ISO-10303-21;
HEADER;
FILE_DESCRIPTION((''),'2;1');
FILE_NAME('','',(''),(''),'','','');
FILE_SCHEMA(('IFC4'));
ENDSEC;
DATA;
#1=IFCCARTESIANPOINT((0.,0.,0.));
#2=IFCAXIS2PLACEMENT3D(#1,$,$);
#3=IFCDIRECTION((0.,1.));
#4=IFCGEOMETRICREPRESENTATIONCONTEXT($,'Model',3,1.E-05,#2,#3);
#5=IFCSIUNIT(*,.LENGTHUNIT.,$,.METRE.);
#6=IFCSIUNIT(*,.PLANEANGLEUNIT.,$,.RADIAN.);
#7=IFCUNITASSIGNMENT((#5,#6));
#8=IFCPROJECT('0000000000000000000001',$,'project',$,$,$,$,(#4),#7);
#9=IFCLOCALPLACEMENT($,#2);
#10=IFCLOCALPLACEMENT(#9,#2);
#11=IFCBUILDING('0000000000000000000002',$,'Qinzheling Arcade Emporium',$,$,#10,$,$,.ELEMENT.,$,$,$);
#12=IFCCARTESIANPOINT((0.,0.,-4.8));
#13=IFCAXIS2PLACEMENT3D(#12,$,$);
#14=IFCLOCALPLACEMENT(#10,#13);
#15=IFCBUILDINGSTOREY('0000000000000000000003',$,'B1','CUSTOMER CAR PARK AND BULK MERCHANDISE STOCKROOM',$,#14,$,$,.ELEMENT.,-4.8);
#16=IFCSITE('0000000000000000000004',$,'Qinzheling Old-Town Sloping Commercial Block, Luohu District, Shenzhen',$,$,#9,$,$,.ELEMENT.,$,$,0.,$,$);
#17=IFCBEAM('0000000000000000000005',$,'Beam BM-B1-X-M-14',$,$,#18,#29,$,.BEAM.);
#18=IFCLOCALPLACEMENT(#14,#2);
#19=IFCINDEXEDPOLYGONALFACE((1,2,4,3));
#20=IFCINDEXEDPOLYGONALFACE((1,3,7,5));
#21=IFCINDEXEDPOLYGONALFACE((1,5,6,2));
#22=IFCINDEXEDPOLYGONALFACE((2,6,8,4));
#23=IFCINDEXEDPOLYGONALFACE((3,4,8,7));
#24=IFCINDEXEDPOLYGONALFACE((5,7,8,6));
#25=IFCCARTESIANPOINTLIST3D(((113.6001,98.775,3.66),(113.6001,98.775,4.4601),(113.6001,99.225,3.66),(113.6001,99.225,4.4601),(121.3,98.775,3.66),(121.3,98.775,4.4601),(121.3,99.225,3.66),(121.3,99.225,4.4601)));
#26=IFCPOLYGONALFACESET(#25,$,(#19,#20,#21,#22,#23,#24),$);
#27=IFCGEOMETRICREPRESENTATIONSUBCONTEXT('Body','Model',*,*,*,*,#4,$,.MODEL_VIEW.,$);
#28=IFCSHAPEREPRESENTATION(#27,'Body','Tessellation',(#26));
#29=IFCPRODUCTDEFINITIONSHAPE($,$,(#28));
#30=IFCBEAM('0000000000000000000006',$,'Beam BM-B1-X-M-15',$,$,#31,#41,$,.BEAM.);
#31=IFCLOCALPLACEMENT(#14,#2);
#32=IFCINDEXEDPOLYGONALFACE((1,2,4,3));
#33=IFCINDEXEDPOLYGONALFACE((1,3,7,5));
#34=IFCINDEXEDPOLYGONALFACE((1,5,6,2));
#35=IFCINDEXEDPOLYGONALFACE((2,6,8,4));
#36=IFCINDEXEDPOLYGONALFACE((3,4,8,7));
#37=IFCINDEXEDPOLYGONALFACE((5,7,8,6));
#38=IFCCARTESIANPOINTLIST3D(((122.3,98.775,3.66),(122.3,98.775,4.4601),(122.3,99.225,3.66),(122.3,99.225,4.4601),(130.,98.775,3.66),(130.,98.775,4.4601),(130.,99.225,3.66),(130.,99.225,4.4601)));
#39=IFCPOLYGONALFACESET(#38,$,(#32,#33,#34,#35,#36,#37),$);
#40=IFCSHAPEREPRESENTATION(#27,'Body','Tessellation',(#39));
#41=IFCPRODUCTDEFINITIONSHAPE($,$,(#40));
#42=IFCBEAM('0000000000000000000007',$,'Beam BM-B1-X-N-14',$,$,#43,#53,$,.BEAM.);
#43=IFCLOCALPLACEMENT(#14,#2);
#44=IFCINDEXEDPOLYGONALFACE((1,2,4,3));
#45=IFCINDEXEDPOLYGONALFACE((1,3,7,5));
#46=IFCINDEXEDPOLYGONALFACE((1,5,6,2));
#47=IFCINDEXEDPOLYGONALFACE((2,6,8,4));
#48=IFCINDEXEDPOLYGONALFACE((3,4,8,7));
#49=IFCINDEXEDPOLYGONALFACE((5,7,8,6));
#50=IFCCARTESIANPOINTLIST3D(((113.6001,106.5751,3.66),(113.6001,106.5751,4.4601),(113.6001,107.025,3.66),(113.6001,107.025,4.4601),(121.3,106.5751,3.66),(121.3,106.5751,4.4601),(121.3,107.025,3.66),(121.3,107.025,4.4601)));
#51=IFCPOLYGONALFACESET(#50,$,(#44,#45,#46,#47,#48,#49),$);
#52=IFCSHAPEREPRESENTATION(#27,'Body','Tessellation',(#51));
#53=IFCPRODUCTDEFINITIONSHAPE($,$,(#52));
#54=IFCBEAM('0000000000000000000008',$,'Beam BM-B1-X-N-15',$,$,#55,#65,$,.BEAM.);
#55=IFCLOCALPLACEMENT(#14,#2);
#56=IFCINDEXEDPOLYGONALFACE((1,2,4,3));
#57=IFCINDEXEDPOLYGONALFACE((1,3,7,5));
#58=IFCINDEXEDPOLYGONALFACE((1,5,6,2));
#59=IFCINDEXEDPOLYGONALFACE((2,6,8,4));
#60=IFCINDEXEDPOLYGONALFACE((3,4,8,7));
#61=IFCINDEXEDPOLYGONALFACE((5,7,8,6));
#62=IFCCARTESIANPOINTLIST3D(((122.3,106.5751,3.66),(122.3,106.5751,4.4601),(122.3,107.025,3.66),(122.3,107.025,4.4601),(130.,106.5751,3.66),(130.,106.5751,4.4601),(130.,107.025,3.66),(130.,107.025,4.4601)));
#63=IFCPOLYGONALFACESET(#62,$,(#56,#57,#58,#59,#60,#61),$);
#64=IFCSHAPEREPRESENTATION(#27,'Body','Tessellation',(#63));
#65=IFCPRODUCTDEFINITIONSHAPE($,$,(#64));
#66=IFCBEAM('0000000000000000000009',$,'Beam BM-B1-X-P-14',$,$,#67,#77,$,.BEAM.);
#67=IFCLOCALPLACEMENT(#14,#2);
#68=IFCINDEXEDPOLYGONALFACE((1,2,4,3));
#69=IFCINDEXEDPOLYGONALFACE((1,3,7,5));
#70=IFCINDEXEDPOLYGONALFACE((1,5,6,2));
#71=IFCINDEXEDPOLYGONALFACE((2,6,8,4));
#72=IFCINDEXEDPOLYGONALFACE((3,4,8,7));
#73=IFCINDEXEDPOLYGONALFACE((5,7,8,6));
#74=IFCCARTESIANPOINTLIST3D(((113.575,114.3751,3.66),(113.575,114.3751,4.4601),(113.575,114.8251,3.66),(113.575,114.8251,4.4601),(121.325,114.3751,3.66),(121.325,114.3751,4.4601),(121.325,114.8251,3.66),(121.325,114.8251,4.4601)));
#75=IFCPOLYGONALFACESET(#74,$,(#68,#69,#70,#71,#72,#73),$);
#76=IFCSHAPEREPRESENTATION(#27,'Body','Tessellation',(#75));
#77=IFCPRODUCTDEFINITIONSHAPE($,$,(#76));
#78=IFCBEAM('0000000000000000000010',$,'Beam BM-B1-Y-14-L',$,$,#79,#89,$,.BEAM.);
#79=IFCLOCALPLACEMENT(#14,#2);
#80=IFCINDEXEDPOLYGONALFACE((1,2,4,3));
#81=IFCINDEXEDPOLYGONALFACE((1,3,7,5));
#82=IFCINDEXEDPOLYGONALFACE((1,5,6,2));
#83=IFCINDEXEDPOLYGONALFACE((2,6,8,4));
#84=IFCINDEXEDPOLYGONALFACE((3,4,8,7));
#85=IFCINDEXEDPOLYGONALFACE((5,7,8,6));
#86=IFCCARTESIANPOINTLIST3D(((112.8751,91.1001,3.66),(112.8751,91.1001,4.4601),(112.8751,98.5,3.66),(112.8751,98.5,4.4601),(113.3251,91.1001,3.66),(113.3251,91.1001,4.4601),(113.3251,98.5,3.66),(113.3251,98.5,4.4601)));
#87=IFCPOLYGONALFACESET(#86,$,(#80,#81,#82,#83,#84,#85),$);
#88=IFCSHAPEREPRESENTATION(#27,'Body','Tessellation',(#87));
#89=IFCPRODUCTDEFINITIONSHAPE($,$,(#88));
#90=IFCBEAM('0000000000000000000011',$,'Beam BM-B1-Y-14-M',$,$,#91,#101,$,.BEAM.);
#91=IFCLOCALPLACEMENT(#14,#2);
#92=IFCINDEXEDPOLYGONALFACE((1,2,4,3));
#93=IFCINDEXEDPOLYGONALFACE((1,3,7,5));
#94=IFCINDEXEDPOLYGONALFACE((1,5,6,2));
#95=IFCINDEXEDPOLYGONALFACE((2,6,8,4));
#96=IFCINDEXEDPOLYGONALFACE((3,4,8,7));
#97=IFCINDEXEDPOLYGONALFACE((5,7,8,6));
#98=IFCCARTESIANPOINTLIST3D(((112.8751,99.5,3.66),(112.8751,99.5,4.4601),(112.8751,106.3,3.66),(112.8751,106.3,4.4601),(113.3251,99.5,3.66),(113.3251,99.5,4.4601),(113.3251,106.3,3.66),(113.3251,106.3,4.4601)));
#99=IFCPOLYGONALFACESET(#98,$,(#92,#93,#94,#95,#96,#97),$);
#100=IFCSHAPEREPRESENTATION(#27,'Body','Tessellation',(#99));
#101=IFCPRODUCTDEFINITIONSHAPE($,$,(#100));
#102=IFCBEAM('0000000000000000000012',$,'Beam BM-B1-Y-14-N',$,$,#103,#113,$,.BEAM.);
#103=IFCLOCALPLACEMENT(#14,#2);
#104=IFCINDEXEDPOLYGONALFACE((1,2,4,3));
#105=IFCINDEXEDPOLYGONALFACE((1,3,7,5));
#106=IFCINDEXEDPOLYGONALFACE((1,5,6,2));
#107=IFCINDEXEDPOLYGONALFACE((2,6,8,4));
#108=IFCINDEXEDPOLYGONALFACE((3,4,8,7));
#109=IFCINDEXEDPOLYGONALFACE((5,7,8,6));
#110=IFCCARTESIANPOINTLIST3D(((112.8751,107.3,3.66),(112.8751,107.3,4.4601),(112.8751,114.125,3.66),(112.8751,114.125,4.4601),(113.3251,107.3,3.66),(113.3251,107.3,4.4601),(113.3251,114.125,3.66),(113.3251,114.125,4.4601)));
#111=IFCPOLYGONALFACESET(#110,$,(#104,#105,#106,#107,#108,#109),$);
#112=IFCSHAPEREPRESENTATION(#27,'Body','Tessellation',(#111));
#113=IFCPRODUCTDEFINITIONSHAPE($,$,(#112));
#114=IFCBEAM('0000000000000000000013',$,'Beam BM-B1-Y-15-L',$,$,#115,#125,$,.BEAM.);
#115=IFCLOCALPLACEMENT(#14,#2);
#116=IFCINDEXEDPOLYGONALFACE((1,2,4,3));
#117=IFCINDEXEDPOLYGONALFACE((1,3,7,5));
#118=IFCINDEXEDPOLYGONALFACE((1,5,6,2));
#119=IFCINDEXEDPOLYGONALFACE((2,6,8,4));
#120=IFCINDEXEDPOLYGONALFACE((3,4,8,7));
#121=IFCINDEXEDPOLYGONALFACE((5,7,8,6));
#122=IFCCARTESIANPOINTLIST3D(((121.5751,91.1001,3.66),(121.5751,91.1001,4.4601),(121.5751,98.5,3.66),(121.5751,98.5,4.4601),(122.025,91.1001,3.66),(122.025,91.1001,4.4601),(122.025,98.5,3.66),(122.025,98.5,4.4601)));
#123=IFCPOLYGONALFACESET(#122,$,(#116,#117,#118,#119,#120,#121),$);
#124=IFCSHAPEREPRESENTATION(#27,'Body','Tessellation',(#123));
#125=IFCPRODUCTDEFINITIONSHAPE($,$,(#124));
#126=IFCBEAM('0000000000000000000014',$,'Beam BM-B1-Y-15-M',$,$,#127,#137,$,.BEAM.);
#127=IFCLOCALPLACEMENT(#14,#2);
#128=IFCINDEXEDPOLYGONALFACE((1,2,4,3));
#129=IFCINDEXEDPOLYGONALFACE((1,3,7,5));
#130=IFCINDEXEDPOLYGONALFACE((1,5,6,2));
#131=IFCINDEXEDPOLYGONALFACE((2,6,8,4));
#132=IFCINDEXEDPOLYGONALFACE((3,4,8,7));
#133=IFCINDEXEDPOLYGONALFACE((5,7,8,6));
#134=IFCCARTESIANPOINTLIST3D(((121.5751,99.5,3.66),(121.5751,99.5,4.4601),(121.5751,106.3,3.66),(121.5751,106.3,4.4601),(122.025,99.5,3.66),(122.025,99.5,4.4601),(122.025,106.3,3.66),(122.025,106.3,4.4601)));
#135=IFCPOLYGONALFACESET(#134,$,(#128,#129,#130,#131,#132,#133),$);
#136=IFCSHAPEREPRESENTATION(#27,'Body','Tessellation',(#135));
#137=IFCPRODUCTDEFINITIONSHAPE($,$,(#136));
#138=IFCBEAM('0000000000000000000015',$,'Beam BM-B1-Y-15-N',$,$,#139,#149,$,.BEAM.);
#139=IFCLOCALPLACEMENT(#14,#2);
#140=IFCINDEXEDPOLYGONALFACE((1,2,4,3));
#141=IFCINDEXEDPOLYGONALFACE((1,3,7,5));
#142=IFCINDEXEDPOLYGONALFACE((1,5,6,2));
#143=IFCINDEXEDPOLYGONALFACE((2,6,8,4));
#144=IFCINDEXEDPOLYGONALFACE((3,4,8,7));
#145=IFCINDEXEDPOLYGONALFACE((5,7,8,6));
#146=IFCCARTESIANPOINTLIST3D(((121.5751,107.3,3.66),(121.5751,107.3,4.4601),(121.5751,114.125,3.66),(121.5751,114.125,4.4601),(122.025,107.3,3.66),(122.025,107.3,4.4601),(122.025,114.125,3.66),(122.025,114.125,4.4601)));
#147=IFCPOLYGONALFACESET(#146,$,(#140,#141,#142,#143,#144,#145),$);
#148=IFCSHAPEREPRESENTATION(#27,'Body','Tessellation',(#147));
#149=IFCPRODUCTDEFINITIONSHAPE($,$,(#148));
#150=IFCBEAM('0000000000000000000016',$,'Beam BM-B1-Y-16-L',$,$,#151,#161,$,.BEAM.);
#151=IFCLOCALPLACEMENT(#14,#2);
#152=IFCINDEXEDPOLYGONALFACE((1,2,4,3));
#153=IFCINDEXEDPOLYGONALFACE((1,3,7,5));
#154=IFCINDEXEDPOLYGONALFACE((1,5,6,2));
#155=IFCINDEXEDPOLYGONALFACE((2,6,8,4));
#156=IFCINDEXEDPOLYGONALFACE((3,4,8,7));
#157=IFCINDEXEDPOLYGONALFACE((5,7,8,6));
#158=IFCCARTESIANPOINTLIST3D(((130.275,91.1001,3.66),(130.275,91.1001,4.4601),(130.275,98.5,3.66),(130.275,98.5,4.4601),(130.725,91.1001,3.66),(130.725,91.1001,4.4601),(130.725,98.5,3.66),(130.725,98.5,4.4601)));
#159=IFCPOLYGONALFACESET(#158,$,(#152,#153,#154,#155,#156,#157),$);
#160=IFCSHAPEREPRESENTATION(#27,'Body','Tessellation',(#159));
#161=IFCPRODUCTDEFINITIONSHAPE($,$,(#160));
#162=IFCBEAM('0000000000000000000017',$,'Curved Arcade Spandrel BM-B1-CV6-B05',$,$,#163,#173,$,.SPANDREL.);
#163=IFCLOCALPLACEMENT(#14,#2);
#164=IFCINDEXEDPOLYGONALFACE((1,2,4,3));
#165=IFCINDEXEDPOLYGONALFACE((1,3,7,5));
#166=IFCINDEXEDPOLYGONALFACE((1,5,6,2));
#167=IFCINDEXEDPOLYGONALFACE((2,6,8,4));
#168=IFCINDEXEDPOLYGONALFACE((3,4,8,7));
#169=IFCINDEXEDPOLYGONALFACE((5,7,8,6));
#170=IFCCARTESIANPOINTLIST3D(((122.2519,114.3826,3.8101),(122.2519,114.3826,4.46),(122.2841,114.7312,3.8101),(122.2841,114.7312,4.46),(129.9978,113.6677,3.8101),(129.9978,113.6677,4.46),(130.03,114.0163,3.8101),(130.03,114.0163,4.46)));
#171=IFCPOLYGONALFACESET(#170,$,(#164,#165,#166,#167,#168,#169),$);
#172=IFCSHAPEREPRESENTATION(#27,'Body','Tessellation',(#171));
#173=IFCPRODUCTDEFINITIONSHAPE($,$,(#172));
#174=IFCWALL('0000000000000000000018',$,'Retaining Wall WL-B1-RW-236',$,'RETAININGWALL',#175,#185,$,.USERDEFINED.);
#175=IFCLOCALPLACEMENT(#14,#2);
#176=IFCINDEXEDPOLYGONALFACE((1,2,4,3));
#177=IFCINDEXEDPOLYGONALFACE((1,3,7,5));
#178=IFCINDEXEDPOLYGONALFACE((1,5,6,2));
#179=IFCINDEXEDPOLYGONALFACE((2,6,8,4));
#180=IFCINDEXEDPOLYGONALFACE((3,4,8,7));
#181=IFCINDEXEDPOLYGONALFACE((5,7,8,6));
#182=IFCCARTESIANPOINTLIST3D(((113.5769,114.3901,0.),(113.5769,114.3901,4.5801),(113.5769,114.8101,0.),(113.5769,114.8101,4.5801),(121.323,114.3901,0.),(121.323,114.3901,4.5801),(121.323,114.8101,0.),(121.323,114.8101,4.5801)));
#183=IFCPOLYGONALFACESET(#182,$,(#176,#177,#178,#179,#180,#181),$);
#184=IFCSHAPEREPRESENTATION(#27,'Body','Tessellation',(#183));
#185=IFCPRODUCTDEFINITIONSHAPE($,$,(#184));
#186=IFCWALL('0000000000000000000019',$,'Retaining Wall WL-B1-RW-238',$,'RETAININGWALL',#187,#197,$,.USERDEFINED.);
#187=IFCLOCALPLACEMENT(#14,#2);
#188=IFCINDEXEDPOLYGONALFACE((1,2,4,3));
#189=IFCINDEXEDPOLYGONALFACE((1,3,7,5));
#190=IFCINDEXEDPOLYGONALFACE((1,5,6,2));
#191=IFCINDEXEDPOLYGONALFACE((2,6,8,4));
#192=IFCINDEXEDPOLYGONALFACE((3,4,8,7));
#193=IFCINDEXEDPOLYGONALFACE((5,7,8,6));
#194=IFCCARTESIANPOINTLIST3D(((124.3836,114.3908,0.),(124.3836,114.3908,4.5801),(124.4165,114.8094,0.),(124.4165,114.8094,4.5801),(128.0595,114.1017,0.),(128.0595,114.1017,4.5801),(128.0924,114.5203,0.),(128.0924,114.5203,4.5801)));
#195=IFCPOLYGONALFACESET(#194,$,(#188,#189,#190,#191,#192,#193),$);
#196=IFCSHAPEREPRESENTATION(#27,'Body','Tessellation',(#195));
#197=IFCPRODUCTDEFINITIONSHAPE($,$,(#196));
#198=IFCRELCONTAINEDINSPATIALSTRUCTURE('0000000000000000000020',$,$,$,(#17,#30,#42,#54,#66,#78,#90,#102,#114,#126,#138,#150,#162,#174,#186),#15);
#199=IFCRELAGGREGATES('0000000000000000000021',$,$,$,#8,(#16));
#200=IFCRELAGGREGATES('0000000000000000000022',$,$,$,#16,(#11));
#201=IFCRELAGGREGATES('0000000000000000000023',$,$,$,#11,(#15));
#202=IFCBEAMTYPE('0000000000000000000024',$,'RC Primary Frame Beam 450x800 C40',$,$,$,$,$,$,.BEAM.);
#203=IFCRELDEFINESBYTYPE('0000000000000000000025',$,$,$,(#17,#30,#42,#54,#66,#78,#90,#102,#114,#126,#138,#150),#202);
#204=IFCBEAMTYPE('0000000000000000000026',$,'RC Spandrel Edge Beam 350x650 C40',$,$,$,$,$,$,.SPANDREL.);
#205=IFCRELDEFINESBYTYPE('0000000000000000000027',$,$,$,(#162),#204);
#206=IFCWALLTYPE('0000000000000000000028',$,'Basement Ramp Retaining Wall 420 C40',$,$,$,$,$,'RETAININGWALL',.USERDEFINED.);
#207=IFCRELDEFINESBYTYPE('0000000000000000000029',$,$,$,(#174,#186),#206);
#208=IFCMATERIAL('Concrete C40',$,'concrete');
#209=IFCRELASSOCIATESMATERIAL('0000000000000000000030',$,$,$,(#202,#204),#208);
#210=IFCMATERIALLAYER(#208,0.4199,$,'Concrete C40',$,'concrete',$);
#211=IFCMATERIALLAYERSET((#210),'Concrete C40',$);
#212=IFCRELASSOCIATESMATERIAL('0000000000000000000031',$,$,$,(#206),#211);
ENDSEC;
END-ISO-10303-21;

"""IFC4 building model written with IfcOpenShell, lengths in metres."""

from ifc_helpers import new_model, si_unit, direction, frame, frame_2d, origin, origin_2d, place, context, subcontext, project, spatial, rectangle, extrude, material, layer, layer_set, material_profile, profile_set, type_object, element, save


model = new_model("IFC4")

# Units and contexts
model_context = context("Model", 3, precision=1e-05, world=origin(), true_north=direction((0.0, 1.0)))
body_context = subcontext(model_context, "Body", "Model", "MODEL_VIEW")
ifc_project = project(units=[si_unit("LENGTHUNIT", "METRE"), si_unit("PLANEANGLEUNIT", "RADIAN")], contexts=[model_context])

# Site, building, storey
site_placement = place(None, origin())
site = spatial("IfcSite", under=ifc_project, at=site_placement, Name="Qinzheling Old-Town Sloping Commercial Block, Luohu District, Shenzhen", CompositionType="ELEMENT", RefElevation=0.0)
building_placement = place(site_placement, origin())
building = spatial("IfcBuilding", under=site, at=building_placement, Name="Qinzheling Arcade Emporium", CompositionType="ELEMENT")
storey_placement = place(building_placement, frame((0.0, 0.0, -4.8)))
storey = spatial("IfcBuildingStorey", under=building, at=storey_placement, Name="B1", Description="CUSTOMER CAR PARK AND BULK MERCHANDISE STOCKROOM", CompositionType="ELEMENT", Elevation=-4.8)

# Beams
ifc_material_1 = material(Name="Concrete C40", Category="concrete")
ifc_material_profile_1 = material_profile(ifc_material_1, rectangle(XDim=0.45, YDim=0.8, at=origin_2d()), Name="RC 450x800", Category="concrete")
ifc_profile_set_1 = profile_set([ifc_material_profile_1], Name="Concrete C40")
beam_type_1 = type_object("IfcBeamType", Name="RC Primary Frame Beam 450x800 C40", PredefinedType="BEAM", material=ifc_profile_set_1)
for number, where, z_axis, x_axis, name in (
    (1, (113.6001, 99.0, 4.0601), (1.0, 0.0, 0.0), (0.0, 1.0, 0.0), "Beam BM-B1-X-M-14"),
    (2, (122.3, 99.0, 4.0601), (1.0, 0.0, 0.0), (0.0, 1.0, 0.0), "Beam BM-B1-X-M-15"),
    (3, (113.6001, 106.8, 4.0601), (1.0, 0.0, 0.0), (0.0, 1.0, 0.0), "Beam BM-B1-X-N-14"),
    (4, (122.3, 106.8, 4.0601), (1.0, 0.0, 0.0), (0.0, 1.0, 0.0), "Beam BM-B1-X-N-15"),
):
    element("IfcBeam", number, at=place(storey_placement, frame(where, z_axis=z_axis, x_axis=x_axis)), inside=storey, type_object=beam_type_1, Name=name, PredefinedType="BEAM", context=body_context, shape_type="SweptSolid", body=[
        extrude(rectangle(XDim=0.45, YDim=0.8, at=origin_2d()), origin(), (0.0, 0.0, 1.0), 7.7),
    ])
beam_1_placement = place(storey_placement, frame((113.575, 114.6001, 4.0601), z_axis=(1.0, 0.0, 0.0), x_axis=(0.0, 1.0, 0.0)))
element("IfcBeam", 5, at=beam_1_placement, inside=storey, type_object=beam_type_1, Name="Beam BM-B1-X-P-14", PredefinedType="BEAM", context=body_context, shape_type="SweptSolid", body=[
    extrude(rectangle(XDim=0.45, YDim=0.8, at=origin_2d()), origin(), (0.0, 0.0, 1.0), 7.75),
])
beam_2_placement = place(storey_placement, frame((113.1001, 91.1001, 4.0601), z_axis=(0.0, 1.0, 0.0), x_axis=(-1.0, 0.0, 0.0)))
element("IfcBeam", 6, at=beam_2_placement, inside=storey, type_object=beam_type_1, Name="Beam BM-B1-Y-14-L", PredefinedType="BEAM", context=body_context, shape_type="SweptSolid", body=[
    extrude(rectangle(XDim=0.45, YDim=0.8, at=origin_2d()), origin(), (0.0, 0.0, 1.0), 7.3999),
])
beam_3_placement = place(storey_placement, frame((113.1001, 99.5, 4.0601), z_axis=(0.0, 1.0, 0.0), x_axis=(-1.0, 0.0, 0.0)))
element("IfcBeam", 7, at=beam_3_placement, inside=storey, type_object=beam_type_1, Name="Beam BM-B1-Y-14-M", PredefinedType="BEAM", context=body_context, shape_type="SweptSolid", body=[
    extrude(rectangle(XDim=0.45, YDim=0.8, at=origin_2d()), origin(), (0.0, 0.0, 1.0), 6.8),
])
beam_4_placement = place(storey_placement, frame((113.1001, 107.3, 4.0601), z_axis=(0.0, 1.0, 0.0), x_axis=(-1.0, 0.0, 0.0)))
element("IfcBeam", 8, at=beam_4_placement, inside=storey, type_object=beam_type_1, Name="Beam BM-B1-Y-14-N", PredefinedType="BEAM", context=body_context, shape_type="SweptSolid", body=[
    extrude(rectangle(XDim=0.45, YDim=0.8, at=origin_2d()), origin(), (0.0, 0.0, 1.0), 6.825),
])
beam_5_placement = place(storey_placement, frame((121.8, 91.1001, 4.0601), z_axis=(0.0, 1.0, 0.0), x_axis=(-1.0, 0.0, 0.0)))
element("IfcBeam", 9, at=beam_5_placement, inside=storey, type_object=beam_type_1, Name="Beam BM-B1-Y-15-L", PredefinedType="BEAM", context=body_context, shape_type="SweptSolid", body=[
    extrude(rectangle(XDim=0.45, YDim=0.8, at=origin_2d()), origin(), (0.0, 0.0, 1.0), 7.3999),
])
beam_6_placement = place(storey_placement, frame((121.8, 99.5, 4.0601), z_axis=(0.0, 1.0, 0.0), x_axis=(-1.0, 0.0, 0.0)))
element("IfcBeam", 10, at=beam_6_placement, inside=storey, type_object=beam_type_1, Name="Beam BM-B1-Y-15-M", PredefinedType="BEAM", context=body_context, shape_type="SweptSolid", body=[
    extrude(rectangle(XDim=0.45, YDim=0.8, at=origin_2d()), origin(), (0.0, 0.0, 1.0), 6.8),
])
beam_7_placement = place(storey_placement, frame((121.8, 107.3, 4.0601), z_axis=(0.0, 1.0, 0.0), x_axis=(-1.0, 0.0, 0.0)))
element("IfcBeam", 11, at=beam_7_placement, inside=storey, type_object=beam_type_1, Name="Beam BM-B1-Y-15-N", PredefinedType="BEAM", context=body_context, shape_type="SweptSolid", body=[
    extrude(rectangle(XDim=0.45, YDim=0.8, at=origin_2d()), origin(), (0.0, 0.0, 1.0), 6.825),
])
beam_8_placement = place(storey_placement, frame((130.5, 91.1001, 4.0601), z_axis=(0.0, 1.0, 0.0), x_axis=(-1.0, 0.0, 0.0)))
element("IfcBeam", 12, at=beam_8_placement, inside=storey, type_object=beam_type_1, Name="Beam BM-B1-Y-16-L", PredefinedType="BEAM", context=body_context, shape_type="SweptSolid", body=[
    extrude(rectangle(XDim=0.45, YDim=0.8, at=origin_2d()), origin(), (0.0, 0.0, 1.0), 7.3999),
])
ifc_material_profile_2 = material_profile(ifc_material_1, rectangle(XDim=0.3501, YDim=0.6499, at=origin_2d()), Name="RC 350x650", Category="concrete")
ifc_profile_set_2 = profile_set([ifc_material_profile_2], Name="Concrete C40")
beam_type_2 = type_object("IfcBeamType", Name="RC Spandrel Edge Beam 350x650 C40", PredefinedType="SPANDREL", material=ifc_profile_set_2)
beam_9_placement = place(storey_placement, frame((130.0139, 113.842, 4.135), z_axis=(-0.995769, 0.091897, 0.0), x_axis=(-0.091897, -0.995769, 0.0)))
element("IfcBeam", 13, at=beam_9_placement, inside=storey, type_object=beam_type_2, Name="Curved Arcade Spandrel BM-B1-CV6-B05", PredefinedType="SPANDREL", context=body_context, shape_type="SweptSolid", body=[
    extrude(rectangle(XDim=0.3501, YDim=0.6499, at=origin_2d()), origin(), (0.0, 0.0, 1.0), 7.7788),
])

# Walls
ifc_layer_1 = layer(ifc_material_1, 0.4199, Name="Concrete C40", Category="concrete")
ifc_layer_set_1 = layer_set([ifc_layer_1], Name="Concrete C40")
wall_type_1 = type_object("IfcWallType", Name="Basement Ramp Retaining Wall 420 C40", ElementType="RETAININGWALL", PredefinedType="USERDEFINED", material=ifc_layer_set_1)
wall_1_placement = place(storey_placement, frame((113.5769, 114.6001, 0.0), z_axis=(0.0, 0.0, 1.0), x_axis=(1.0, 0.0, 0.0)))
element("IfcWall", 14, at=wall_1_placement, inside=storey, type_object=wall_type_1, Name="Retaining Wall WL-B1-RW-236", ObjectType="RETAININGWALL", PredefinedType="USERDEFINED", context=body_context, shape_type="SweptSolid", body=[
    extrude(rectangle(XDim=7.7461, YDim=0.4199, at=frame_2d((3.873, 0.0))), origin(), (0.0, 0.0, 1.0), 4.5801),
])
wall_2_placement = place(storey_placement, frame((124.3999, 114.6001, 0.0), z_axis=(0.0, 0.0, 1.0), x_axis=(0.996923, -0.078393, 0.0)))
element("IfcWall", 15, at=wall_2_placement, inside=storey, type_object=wall_type_1, Name="Retaining Wall WL-B1-RW-238", ObjectType="RETAININGWALL", PredefinedType="USERDEFINED", context=body_context, shape_type="SweptSolid", body=[
    extrude(rectangle(XDim=3.6873, YDim=0.4199, at=frame_2d((1.8438, 0.0))), origin(), (0.0, 0.0, 1.0), 4.5801),
])

save(model, "model.ifc")
